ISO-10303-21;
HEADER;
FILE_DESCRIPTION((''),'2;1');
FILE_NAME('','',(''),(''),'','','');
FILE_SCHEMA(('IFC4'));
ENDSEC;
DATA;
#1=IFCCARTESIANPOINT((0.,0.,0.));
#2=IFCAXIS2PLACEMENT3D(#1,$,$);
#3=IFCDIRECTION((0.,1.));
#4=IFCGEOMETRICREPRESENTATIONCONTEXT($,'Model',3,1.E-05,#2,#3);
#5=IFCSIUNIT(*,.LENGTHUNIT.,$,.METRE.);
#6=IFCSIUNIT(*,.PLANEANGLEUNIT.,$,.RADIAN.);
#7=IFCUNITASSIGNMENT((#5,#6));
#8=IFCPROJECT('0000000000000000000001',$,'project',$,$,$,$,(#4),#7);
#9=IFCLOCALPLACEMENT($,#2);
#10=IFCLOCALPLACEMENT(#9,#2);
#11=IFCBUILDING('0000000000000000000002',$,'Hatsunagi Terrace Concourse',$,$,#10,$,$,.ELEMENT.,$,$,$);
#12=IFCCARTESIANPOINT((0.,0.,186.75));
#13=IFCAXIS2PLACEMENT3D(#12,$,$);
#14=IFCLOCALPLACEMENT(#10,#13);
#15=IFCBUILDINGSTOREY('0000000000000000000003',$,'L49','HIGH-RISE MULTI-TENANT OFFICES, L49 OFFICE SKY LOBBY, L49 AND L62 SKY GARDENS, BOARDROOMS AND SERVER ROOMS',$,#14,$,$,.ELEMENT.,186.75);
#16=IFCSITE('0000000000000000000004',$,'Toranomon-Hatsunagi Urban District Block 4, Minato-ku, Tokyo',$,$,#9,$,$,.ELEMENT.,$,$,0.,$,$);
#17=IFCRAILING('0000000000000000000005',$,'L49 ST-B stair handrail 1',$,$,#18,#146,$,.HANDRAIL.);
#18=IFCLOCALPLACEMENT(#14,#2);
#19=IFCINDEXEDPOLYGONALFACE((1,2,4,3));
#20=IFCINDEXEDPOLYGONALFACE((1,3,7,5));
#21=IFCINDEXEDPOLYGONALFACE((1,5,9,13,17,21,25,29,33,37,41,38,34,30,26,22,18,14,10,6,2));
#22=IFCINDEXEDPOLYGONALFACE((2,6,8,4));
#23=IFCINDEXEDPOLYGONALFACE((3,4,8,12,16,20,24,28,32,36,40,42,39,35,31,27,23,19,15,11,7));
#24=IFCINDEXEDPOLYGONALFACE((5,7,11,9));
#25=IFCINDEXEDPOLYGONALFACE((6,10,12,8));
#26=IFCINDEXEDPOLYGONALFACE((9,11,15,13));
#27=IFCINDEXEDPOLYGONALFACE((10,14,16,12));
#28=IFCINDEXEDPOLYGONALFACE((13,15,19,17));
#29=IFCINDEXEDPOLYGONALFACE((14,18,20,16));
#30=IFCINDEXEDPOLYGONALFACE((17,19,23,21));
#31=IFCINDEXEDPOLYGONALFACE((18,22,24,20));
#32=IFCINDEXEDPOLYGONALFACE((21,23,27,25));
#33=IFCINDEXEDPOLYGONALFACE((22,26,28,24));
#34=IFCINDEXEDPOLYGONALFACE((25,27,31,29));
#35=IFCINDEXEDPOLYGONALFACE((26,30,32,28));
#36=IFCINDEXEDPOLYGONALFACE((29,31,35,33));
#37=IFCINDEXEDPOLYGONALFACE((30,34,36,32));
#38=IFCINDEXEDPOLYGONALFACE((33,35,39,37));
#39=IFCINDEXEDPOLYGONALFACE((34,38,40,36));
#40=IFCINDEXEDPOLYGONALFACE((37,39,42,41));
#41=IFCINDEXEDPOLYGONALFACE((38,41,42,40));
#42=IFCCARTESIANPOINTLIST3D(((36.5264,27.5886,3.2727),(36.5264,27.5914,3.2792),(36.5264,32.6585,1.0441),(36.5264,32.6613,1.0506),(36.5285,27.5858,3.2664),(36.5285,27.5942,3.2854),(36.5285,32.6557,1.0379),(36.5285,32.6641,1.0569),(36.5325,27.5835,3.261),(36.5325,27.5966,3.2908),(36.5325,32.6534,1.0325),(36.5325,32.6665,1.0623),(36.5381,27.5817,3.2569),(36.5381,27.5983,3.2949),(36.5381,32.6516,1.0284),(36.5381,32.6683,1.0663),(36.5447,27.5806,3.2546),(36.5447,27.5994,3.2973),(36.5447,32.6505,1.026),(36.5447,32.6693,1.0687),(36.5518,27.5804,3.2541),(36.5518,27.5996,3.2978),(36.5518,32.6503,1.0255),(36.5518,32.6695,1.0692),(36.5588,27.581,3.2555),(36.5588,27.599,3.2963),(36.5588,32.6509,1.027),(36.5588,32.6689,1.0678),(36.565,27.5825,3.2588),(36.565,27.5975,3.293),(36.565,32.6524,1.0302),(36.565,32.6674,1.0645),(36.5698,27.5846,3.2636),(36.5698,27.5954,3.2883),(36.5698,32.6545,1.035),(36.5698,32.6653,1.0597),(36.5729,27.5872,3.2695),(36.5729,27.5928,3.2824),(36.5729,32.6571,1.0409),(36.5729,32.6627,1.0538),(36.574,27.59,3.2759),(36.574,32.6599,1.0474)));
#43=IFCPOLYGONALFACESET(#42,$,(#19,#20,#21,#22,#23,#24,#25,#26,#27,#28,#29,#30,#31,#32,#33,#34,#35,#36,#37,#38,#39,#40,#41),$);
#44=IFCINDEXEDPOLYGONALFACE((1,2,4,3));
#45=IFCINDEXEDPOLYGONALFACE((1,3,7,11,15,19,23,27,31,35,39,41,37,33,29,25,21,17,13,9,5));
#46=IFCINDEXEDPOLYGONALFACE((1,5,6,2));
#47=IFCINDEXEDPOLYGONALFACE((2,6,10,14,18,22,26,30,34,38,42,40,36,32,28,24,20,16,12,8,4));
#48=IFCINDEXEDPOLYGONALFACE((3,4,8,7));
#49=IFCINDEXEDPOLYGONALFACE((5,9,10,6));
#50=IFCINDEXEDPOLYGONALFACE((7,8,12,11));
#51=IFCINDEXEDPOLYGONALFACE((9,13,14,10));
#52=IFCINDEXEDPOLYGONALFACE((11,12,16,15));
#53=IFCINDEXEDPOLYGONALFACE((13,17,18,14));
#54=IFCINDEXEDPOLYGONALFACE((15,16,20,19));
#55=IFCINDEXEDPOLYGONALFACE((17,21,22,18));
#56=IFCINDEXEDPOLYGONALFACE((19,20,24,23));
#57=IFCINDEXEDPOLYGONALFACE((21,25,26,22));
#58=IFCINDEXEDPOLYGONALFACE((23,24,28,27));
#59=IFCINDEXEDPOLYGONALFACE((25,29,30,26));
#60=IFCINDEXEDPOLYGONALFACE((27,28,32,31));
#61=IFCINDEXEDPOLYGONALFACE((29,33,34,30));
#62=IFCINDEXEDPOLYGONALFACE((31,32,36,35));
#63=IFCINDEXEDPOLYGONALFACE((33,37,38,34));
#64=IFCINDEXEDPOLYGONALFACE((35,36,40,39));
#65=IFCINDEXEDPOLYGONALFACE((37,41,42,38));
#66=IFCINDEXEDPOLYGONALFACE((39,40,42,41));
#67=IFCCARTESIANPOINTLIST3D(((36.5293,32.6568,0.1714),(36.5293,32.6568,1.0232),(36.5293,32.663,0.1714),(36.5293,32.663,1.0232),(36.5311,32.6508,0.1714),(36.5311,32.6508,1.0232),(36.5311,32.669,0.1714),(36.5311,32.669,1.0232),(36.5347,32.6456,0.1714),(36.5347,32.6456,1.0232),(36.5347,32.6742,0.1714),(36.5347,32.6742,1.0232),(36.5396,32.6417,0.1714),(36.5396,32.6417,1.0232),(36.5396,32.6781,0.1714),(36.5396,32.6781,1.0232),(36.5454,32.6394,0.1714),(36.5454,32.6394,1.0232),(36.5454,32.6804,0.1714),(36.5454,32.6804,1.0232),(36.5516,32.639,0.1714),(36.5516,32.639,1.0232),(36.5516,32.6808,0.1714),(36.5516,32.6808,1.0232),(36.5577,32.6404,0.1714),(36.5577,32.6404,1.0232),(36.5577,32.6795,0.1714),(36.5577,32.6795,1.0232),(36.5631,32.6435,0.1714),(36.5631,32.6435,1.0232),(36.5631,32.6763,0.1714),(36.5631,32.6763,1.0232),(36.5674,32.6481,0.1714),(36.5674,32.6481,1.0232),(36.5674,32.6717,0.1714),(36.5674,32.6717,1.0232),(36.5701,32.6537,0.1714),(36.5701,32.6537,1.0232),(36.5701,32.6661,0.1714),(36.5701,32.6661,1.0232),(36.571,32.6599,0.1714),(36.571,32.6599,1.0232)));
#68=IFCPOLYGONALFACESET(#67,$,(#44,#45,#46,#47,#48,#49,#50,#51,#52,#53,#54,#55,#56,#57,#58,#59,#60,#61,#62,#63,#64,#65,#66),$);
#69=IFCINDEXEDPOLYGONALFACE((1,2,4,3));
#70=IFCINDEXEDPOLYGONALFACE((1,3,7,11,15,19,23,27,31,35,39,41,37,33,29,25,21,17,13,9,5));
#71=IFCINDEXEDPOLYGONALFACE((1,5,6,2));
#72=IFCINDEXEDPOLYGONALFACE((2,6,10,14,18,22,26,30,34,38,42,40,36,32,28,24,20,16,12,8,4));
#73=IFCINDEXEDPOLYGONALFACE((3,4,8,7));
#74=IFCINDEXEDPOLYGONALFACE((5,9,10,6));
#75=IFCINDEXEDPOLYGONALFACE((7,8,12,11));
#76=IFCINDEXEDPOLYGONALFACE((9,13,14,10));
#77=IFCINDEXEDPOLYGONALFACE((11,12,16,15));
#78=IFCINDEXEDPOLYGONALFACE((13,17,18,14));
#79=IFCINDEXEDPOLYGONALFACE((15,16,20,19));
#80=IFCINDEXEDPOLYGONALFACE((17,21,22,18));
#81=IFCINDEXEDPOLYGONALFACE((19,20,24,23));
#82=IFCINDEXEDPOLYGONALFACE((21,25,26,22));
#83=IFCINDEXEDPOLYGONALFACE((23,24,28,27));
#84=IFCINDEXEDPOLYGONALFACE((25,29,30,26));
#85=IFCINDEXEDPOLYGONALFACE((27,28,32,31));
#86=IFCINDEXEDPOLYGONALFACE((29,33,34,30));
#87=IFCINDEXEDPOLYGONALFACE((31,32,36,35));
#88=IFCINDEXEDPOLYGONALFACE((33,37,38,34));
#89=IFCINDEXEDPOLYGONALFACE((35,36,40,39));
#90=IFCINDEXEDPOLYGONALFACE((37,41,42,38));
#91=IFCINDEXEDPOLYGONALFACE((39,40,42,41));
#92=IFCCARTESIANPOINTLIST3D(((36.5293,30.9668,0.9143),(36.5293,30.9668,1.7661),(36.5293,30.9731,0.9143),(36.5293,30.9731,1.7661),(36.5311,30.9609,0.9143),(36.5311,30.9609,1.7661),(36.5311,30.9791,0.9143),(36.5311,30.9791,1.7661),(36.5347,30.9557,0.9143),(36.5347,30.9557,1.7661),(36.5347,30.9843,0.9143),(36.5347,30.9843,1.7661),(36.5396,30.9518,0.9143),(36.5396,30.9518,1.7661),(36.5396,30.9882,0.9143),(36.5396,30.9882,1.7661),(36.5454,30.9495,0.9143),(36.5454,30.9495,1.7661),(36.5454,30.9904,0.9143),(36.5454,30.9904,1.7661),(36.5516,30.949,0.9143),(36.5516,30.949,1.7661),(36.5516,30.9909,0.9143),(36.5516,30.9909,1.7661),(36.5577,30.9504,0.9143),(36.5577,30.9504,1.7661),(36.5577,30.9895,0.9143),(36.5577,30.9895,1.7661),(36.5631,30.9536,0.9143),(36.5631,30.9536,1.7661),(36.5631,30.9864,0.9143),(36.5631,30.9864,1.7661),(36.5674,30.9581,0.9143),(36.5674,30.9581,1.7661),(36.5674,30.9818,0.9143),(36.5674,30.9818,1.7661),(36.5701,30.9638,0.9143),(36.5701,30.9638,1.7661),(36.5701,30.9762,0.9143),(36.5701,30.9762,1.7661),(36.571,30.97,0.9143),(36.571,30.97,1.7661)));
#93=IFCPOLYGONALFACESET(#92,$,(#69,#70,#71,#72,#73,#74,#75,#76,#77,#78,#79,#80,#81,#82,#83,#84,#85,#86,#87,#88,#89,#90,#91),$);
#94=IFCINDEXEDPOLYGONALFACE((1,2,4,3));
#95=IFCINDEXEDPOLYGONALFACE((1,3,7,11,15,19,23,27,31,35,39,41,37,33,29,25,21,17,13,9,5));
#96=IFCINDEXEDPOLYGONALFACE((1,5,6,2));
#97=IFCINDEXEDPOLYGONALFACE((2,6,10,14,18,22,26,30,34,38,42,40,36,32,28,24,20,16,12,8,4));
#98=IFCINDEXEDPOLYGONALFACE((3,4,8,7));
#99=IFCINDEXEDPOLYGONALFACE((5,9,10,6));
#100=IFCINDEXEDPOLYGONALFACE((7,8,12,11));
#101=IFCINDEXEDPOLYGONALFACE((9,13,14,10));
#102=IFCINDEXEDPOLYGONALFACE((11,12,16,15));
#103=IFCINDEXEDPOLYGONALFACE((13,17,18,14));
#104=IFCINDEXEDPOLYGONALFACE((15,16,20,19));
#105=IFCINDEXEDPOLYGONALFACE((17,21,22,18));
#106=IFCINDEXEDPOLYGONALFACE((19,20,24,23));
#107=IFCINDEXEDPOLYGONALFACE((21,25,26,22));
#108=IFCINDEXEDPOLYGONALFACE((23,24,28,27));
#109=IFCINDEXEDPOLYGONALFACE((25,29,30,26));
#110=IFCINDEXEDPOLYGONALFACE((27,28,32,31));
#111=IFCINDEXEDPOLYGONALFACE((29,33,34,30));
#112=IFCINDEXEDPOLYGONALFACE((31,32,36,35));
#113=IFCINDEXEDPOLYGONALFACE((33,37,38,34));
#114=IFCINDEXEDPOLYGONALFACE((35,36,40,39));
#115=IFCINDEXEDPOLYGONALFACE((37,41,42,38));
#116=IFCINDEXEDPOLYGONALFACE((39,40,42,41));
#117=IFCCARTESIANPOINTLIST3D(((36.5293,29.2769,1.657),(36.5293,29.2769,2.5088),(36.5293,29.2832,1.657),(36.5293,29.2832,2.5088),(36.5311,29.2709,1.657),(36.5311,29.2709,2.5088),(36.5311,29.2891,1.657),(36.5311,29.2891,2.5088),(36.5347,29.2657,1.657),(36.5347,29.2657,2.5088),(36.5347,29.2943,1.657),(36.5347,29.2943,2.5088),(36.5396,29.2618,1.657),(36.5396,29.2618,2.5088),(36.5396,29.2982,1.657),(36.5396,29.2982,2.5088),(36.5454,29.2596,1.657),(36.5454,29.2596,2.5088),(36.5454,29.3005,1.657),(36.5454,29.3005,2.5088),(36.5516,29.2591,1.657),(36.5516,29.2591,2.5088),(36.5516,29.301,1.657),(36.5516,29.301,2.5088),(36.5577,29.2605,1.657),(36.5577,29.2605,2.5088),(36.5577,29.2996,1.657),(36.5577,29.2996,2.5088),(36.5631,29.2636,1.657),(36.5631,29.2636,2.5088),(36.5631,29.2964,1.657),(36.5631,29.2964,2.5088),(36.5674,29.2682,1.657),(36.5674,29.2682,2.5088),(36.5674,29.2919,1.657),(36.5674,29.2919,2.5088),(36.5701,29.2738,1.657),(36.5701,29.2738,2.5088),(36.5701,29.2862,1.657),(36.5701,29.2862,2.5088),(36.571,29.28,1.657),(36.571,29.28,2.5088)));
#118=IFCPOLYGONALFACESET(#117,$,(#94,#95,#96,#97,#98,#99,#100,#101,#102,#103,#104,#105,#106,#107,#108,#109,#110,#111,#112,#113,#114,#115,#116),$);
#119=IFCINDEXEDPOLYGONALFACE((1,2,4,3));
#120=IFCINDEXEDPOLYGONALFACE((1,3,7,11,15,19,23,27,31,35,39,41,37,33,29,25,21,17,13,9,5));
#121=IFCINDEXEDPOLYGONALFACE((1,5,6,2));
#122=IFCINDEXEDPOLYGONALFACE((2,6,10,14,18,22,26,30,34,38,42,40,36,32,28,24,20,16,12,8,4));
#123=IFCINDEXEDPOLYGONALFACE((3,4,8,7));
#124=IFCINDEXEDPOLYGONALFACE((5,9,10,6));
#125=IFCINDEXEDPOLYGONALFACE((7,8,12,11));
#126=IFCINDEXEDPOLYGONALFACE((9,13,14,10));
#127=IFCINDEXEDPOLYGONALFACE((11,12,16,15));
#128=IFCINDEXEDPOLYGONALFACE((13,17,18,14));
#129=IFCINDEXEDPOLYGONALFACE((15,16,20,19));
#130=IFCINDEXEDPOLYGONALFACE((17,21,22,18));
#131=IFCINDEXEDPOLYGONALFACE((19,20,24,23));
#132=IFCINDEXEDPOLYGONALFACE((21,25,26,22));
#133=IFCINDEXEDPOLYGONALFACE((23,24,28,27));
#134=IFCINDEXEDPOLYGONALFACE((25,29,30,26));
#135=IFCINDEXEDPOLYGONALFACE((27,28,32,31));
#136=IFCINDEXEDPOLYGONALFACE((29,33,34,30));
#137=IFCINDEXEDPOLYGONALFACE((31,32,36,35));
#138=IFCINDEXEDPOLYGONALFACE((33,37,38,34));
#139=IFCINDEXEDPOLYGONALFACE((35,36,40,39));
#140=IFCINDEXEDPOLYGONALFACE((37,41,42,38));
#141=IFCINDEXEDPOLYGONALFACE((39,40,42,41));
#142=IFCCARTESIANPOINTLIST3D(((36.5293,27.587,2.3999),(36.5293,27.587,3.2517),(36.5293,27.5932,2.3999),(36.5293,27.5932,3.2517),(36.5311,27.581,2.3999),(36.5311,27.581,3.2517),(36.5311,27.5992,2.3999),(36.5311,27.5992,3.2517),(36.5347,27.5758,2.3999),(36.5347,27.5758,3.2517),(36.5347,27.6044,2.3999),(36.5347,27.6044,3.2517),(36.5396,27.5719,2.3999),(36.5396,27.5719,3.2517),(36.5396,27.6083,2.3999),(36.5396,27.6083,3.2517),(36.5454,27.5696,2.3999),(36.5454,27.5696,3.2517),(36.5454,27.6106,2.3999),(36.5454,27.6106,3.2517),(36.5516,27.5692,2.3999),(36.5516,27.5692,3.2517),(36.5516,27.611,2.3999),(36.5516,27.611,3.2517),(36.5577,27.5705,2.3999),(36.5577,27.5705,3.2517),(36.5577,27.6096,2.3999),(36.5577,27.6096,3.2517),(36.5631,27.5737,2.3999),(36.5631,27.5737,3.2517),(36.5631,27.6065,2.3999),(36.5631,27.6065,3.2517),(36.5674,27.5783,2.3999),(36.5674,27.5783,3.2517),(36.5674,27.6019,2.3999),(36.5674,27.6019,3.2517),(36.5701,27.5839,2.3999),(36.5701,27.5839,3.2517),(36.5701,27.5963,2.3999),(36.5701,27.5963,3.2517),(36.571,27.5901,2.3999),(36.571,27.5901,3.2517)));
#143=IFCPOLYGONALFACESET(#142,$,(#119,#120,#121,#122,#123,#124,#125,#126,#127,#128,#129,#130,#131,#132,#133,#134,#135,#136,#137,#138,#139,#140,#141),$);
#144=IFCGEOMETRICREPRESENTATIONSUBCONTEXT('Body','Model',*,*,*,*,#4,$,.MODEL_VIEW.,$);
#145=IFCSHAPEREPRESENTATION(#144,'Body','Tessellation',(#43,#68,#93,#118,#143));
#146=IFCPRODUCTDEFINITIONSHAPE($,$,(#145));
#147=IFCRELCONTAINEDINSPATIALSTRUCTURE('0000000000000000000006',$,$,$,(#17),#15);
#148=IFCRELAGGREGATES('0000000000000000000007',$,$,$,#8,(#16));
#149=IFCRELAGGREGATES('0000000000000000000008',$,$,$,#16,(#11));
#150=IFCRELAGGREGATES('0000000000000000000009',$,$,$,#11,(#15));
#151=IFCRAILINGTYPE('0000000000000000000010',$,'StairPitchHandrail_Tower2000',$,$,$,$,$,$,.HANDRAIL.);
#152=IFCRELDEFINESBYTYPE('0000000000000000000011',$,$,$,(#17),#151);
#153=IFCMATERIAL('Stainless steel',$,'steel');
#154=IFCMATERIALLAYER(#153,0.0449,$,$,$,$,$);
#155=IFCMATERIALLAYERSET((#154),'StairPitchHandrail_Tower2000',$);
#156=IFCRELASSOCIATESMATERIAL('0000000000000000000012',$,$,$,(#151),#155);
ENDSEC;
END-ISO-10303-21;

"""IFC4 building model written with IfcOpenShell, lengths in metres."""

from ifc_helpers import new_model, si_unit, direction, frame, origin, origin_2d, place, context, subcontext, project, spatial, circle, extrude, material, layer, layer_set, type_object, element, save


model = new_model("IFC4")

# Units and contexts
model_context = context("Model", 3, precision=1e-05, world=origin(), true_north=direction((0.0, 1.0)))
body_context = subcontext(model_context, "Body", "Model", "MODEL_VIEW")
ifc_project = project(units=[si_unit("LENGTHUNIT", "METRE"), si_unit("PLANEANGLEUNIT", "RADIAN")], contexts=[model_context])

# Site, building, storey
site_placement = place(None, origin())
site = spatial("IfcSite", under=ifc_project, at=site_placement, Name="Toranomon-Hatsunagi Urban District Block 4, Minato-ku, Tokyo", CompositionType="ELEMENT", RefElevation=0.0)
building_placement = place(site_placement, origin())
building = spatial("IfcBuilding", under=site, at=building_placement, Name="Hatsunagi Terrace Concourse", CompositionType="ELEMENT")
storey_placement = place(building_placement, frame((0.0, 0.0, 186.75)))
storey = spatial("IfcBuildingStorey", under=building, at=storey_placement, Name="L49", Description="HIGH-RISE MULTI-TENANT OFFICES, L49 OFFICE SKY LOBBY, L49 AND L62 SKY GARDENS, BOARDROOMS AND SERVER ROOMS", CompositionType="ELEMENT", Elevation=186.75)

# Railing
ifc_material_1 = material(Name="Stainless steel", Category="steel")
ifc_layer_1 = layer(ifc_material_1, 0.0449)
ifc_layer_set_1 = layer_set([ifc_layer_1], Name="StairPitchHandrail_Tower2000")
railing_type_1 = type_object("IfcRailingType", Name="StairPitchHandrail_Tower2000", PredefinedType="HANDRAIL", material=ifc_layer_set_1)
railing_1_placement = place(storey_placement, frame((36.55, 32.6599, 0.1714)))
element("IfcRailing", 1, at=railing_1_placement, inside=storey, type_object=railing_type_1, Name="L49 ST-B stair handrail 1", PredefinedType="HANDRAIL", context=body_context, shape_type="SweptSolid", body=[
    extrude(circle(Radius=0.0239, at=origin_2d()), frame((0.0, 0.0, 0.876), z_axis=(0.0, -0.915462, 0.402405), x_axis=(1.0, 0.0, 0.0)), (0.0, 0.0, 1.0), 5.5381),
    extrude(circle(Radius=0.021, at=origin_2d()), origin(), (0.0, 0.0, 1.0), 0.8518),
    extrude(circle(Radius=0.021, at=origin_2d()), frame((0.0, -1.6899, 0.7429)), (0.0, 0.0, 1.0), 0.8518),
    extrude(circle(Radius=0.021, at=origin_2d()), frame((0.0, -3.3799, 1.4856)), (0.0, 0.0, 1.0), 0.8518),
    extrude(circle(Radius=0.021, at=origin_2d()), frame((0.0, -5.0698, 2.2285)), (0.0, 0.0, 1.0), 0.8518),
])

save(model, "model.ifc")
